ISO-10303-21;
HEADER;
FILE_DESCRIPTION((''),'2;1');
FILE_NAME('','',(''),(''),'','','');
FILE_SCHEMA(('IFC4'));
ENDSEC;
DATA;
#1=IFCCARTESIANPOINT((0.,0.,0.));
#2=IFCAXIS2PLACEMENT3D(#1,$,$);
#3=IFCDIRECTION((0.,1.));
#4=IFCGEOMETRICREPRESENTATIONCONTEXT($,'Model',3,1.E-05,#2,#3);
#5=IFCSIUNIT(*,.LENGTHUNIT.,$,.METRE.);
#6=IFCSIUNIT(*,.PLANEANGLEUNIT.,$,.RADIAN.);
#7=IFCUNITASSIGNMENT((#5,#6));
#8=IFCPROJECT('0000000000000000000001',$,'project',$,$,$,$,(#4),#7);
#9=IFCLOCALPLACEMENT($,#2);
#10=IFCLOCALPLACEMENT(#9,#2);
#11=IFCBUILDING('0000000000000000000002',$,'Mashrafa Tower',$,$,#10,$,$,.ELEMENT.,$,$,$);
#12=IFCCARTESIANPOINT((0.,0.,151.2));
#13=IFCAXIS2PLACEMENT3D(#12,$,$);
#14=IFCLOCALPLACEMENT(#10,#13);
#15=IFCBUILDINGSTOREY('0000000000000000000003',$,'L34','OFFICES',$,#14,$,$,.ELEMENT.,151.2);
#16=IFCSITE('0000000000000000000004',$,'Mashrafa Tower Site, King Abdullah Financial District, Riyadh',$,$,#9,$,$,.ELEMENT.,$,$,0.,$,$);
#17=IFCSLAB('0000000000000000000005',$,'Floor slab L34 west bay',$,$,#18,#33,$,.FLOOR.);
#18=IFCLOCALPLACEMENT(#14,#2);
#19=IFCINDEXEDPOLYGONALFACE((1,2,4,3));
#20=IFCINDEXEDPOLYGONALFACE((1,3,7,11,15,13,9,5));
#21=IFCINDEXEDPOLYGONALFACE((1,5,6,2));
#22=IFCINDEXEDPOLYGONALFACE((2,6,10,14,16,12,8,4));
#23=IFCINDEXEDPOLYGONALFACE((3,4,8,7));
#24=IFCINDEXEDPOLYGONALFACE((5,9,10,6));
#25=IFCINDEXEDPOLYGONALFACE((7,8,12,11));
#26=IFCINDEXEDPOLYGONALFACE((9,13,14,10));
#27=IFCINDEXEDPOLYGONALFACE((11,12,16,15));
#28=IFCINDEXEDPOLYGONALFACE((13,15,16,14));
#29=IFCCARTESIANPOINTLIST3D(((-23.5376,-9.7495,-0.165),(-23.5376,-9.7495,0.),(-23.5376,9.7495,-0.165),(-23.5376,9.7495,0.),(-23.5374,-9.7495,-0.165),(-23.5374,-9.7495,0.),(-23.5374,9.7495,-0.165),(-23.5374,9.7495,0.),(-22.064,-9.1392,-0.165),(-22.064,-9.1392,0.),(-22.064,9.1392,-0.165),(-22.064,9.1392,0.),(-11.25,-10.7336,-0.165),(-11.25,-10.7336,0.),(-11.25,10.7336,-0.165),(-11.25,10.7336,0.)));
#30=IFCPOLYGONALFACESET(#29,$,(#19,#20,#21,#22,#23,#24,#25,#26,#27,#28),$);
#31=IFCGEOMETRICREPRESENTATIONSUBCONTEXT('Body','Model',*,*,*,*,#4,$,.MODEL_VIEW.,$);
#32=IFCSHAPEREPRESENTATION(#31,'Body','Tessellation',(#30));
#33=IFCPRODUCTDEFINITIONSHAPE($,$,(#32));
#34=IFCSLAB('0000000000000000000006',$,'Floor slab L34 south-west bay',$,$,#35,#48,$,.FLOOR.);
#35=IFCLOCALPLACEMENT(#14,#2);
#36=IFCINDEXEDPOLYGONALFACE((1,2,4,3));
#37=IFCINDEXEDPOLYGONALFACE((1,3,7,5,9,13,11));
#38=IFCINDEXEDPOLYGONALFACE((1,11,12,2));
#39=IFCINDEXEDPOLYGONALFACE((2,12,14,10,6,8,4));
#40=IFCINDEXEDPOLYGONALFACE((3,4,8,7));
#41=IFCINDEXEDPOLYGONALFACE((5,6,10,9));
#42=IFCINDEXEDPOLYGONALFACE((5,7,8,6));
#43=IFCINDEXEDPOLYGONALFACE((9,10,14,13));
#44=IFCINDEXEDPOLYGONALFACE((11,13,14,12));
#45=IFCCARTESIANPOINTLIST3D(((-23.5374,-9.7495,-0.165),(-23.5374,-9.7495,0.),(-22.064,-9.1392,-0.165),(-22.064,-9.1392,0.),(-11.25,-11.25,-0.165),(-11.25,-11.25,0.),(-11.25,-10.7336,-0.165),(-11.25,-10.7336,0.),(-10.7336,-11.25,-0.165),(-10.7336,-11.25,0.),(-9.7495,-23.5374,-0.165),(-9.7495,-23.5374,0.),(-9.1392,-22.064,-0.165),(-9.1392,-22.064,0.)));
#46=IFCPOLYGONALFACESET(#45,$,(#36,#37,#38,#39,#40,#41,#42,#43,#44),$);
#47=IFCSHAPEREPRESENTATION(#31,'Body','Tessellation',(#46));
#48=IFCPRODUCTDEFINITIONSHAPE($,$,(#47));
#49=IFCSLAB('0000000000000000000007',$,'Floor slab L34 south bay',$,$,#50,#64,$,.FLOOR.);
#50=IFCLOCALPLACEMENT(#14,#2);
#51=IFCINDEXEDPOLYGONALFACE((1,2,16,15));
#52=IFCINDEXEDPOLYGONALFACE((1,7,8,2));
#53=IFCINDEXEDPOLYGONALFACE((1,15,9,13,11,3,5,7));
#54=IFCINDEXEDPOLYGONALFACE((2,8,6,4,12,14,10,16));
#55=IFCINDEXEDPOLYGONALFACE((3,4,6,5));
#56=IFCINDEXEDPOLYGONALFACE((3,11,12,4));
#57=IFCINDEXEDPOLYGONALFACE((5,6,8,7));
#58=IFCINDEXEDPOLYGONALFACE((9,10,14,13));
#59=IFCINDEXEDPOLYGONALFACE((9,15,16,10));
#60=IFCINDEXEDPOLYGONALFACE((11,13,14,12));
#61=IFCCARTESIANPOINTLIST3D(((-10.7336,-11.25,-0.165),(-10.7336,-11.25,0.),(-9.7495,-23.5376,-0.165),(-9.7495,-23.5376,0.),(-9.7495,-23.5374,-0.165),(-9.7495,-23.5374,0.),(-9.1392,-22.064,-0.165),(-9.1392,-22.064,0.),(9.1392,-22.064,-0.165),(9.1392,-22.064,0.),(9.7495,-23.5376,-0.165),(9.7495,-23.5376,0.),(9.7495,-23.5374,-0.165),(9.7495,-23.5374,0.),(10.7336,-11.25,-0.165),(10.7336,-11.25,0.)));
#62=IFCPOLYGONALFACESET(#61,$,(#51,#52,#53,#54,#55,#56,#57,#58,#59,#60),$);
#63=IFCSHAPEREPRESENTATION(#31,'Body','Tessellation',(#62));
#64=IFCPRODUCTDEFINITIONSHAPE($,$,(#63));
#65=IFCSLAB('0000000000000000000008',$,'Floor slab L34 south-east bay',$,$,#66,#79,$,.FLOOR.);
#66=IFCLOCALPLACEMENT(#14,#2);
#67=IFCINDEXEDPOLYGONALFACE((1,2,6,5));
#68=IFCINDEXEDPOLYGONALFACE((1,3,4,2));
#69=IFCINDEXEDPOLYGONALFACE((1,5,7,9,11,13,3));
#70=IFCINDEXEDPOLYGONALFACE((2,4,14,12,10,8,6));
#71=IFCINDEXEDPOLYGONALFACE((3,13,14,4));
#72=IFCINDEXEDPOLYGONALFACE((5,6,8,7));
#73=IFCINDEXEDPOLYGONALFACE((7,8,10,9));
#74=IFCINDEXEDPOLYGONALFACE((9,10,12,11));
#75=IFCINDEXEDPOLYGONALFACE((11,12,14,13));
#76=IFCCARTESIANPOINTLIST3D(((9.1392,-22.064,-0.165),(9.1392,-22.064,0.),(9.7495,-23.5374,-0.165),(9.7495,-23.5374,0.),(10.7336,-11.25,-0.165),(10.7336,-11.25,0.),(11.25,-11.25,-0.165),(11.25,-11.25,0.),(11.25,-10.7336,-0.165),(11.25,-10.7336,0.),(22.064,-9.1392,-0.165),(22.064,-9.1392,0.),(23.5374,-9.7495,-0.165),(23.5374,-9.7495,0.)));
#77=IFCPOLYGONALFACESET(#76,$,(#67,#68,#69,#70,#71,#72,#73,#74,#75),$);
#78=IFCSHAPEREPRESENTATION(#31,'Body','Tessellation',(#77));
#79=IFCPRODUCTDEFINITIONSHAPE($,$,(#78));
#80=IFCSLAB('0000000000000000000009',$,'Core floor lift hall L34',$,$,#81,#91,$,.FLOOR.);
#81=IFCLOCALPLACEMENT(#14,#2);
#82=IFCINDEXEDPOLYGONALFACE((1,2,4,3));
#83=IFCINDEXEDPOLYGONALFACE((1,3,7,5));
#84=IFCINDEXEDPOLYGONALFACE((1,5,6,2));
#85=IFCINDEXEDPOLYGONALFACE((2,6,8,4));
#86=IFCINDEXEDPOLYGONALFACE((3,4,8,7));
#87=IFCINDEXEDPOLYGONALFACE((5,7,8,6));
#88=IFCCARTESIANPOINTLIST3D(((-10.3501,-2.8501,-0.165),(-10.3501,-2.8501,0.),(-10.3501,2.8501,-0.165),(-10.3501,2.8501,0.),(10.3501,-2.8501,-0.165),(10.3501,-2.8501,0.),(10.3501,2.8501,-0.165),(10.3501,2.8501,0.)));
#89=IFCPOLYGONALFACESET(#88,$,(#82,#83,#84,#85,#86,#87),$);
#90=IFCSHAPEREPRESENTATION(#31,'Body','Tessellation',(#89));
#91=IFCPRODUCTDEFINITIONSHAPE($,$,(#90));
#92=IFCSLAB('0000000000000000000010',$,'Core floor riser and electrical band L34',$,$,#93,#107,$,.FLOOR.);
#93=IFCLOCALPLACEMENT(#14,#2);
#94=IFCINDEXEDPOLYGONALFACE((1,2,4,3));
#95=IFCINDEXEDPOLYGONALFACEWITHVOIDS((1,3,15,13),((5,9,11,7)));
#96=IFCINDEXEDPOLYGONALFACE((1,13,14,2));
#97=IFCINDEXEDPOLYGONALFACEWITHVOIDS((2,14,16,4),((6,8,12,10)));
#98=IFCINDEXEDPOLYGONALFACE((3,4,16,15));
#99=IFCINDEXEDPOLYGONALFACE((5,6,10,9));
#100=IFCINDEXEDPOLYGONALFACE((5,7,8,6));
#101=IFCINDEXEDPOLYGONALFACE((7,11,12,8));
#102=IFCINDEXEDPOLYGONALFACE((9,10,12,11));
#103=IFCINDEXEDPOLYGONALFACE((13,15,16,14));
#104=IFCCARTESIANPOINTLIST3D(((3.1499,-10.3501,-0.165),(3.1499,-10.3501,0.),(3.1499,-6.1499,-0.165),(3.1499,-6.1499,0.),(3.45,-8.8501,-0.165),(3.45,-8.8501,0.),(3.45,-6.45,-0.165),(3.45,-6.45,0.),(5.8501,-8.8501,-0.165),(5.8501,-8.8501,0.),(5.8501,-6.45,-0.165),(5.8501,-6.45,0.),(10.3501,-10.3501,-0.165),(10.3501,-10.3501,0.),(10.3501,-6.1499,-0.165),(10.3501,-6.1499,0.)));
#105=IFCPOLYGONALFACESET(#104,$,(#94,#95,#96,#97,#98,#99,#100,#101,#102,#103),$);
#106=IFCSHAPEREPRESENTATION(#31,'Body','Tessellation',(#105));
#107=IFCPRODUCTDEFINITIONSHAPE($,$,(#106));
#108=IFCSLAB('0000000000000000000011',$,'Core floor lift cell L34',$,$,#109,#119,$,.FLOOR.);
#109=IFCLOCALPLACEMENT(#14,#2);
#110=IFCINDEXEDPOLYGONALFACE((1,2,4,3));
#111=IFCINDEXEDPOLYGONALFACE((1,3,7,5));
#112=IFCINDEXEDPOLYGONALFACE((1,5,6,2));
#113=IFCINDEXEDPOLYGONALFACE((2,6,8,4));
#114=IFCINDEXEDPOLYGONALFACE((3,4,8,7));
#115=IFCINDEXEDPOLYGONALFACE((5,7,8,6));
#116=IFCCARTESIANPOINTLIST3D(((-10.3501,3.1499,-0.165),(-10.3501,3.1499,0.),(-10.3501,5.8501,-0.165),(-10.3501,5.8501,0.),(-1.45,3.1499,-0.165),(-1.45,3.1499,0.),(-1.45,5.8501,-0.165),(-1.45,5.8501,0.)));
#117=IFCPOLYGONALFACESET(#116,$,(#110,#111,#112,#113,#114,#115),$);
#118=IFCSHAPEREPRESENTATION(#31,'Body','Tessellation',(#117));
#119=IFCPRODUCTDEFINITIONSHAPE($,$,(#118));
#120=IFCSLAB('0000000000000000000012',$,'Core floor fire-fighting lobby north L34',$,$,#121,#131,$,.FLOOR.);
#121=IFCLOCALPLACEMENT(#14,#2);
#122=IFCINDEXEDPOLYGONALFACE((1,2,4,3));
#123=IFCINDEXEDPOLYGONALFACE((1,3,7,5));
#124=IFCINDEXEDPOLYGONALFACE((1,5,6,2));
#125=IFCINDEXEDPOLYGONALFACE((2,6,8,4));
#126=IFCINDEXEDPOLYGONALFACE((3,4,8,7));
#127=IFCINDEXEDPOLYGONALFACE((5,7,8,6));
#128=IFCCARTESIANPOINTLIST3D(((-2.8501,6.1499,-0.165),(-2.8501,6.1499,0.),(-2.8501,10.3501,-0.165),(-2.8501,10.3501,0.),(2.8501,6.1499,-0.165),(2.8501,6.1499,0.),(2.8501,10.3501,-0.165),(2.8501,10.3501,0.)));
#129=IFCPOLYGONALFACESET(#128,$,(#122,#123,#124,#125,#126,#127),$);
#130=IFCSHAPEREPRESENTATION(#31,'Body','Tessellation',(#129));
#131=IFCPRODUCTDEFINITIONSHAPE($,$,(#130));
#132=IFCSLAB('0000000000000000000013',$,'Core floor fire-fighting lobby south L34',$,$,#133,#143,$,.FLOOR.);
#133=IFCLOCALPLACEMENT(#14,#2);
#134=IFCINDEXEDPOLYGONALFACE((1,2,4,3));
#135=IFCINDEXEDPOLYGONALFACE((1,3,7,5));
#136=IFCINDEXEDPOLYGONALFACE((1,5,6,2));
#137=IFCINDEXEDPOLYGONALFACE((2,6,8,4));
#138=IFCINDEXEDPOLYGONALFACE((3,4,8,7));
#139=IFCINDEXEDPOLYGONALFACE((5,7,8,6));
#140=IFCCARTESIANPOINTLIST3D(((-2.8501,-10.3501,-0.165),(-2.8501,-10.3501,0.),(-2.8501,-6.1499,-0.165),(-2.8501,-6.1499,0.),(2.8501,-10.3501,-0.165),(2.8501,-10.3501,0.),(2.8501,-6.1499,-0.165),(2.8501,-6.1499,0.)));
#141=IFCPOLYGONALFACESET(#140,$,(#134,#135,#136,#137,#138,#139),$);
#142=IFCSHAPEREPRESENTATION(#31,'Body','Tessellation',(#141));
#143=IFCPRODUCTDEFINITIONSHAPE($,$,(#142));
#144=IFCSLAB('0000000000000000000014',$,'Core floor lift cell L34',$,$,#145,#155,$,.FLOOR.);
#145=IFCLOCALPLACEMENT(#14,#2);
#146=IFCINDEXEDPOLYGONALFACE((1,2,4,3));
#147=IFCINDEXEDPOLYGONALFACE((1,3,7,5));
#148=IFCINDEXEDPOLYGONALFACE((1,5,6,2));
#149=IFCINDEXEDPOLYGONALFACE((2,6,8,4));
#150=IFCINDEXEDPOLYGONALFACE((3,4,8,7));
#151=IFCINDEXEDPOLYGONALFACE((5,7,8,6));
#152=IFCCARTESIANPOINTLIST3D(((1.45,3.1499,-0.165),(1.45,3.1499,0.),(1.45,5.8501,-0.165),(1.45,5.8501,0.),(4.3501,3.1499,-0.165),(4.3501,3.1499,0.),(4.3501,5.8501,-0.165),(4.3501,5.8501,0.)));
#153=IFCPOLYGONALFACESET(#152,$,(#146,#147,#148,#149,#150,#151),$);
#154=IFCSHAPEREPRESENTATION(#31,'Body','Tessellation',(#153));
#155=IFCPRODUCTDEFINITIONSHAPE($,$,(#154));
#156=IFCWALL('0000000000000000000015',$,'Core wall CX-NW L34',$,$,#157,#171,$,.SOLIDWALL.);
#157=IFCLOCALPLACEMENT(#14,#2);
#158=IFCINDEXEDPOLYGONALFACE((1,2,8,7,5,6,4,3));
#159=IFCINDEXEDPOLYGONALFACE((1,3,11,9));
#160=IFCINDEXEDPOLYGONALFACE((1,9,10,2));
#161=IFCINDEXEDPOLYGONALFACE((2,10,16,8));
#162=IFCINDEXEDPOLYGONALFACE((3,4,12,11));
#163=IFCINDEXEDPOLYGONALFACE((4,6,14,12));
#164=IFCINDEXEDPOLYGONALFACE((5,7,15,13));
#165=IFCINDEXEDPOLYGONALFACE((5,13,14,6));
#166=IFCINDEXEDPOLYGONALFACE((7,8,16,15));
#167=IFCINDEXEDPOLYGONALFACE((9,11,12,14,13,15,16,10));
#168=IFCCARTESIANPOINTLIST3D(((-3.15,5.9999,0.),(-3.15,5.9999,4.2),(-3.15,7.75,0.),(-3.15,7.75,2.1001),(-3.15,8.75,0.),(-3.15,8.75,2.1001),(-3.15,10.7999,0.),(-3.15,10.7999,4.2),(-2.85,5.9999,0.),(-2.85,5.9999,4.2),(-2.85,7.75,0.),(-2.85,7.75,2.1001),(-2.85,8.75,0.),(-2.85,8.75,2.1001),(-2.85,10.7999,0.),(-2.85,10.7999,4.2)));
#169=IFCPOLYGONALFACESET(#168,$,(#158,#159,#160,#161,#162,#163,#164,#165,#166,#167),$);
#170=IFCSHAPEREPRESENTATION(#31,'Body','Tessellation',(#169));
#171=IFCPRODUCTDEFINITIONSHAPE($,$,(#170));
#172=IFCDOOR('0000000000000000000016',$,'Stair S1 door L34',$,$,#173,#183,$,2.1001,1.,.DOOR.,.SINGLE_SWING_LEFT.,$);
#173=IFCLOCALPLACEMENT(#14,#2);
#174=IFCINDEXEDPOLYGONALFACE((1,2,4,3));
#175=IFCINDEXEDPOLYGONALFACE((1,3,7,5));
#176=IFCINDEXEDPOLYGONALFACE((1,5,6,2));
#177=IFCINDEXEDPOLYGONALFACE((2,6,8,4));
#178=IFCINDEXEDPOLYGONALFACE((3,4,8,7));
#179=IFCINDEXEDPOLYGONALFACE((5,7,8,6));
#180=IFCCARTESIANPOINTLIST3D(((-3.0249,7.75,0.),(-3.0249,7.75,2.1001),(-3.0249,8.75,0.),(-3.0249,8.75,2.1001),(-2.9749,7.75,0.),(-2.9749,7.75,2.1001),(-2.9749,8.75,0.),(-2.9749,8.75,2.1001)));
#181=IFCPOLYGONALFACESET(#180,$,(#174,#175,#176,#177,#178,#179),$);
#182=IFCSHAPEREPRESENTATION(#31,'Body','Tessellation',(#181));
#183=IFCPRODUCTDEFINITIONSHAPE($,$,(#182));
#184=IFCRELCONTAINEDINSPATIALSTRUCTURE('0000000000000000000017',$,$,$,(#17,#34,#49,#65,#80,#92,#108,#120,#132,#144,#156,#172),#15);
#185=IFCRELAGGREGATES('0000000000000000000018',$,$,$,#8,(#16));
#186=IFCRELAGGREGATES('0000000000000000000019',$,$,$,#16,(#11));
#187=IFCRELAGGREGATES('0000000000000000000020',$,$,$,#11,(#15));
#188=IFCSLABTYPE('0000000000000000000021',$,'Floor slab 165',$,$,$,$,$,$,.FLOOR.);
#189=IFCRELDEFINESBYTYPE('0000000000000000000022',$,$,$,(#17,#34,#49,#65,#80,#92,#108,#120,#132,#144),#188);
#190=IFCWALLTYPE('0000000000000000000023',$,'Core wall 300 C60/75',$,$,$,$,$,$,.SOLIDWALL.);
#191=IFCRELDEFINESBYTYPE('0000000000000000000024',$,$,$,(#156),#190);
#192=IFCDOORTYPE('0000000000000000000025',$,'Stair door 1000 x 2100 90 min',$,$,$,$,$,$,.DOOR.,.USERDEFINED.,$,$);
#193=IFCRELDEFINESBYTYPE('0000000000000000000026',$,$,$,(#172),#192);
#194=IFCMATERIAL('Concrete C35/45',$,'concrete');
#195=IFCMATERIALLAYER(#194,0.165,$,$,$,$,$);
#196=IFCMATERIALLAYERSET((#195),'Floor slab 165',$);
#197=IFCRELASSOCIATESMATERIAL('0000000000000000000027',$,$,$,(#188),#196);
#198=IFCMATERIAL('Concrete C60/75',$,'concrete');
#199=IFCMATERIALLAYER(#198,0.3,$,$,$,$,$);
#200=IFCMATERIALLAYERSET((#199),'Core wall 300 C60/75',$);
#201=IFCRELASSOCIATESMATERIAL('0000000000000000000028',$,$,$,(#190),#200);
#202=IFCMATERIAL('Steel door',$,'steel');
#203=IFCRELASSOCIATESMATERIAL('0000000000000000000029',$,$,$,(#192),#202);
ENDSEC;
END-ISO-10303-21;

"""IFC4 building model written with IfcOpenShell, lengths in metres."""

from ifc_helpers import new_model, si_unit, direction, frame, frame_2d, origin, place, context, subcontext, project, spatial, polyline, rectangle, outline, extrude, material, layer, layer_set, type_object, element, fill, save


model = new_model("IFC4")

# Units and contexts
model_context = context("Model", 3, precision=1e-05, world=origin(), true_north=direction((0.0, 1.0)))
body_context = subcontext(model_context, "Body", "Model", "MODEL_VIEW")
ifc_project = project(units=[si_unit("LENGTHUNIT", "METRE"), si_unit("PLANEANGLEUNIT", "RADIAN")], contexts=[model_context])

# Site, building, storey
site_placement = place(None, origin())
site = spatial("IfcSite", under=ifc_project, at=site_placement, Name="Mashrafa Tower Site, King Abdullah Financial District, Riyadh", CompositionType="ELEMENT", RefElevation=0.0)
building_placement = place(site_placement, origin())
building = spatial("IfcBuilding", under=site, at=building_placement, Name="Mashrafa Tower", CompositionType="ELEMENT")
storey_placement = place(building_placement, frame((0.0, 0.0, 151.2)))
storey = spatial("IfcBuildingStorey", under=building, at=storey_placement, Name="L34", Description="OFFICES", CompositionType="ELEMENT", Elevation=151.2)

# Slabs
ifc_material_1 = material(Name="Concrete C35/45", Category="concrete")
ifc_layer_1 = layer(ifc_material_1, 0.165)
ifc_layer_set_1 = layer_set([ifc_layer_1], Name="Floor slab 165")
slab_type = type_object("IfcSlabType", Name="Floor slab 165", PredefinedType="FLOOR", material=ifc_layer_set_1)
slab_1_placement = place(storey_placement, frame((0.0, 0.0, -0.165)))
element("IfcSlab", 1, at=slab_1_placement, inside=storey, type_object=slab_type, Name="Floor slab L34 west bay", PredefinedType="FLOOR", context=body_context, shape_type="SweptSolid", body=[
    extrude(outline(polyline([(-23.5376, -9.7495), (-23.5376, 9.7495), (-23.5374, 9.7495), (-22.064, 9.1392), (-11.25, 10.7336), (-11.25, -10.7336), (-22.064, -9.1392), (-23.5374, -9.7495), (-23.5376, -9.7495)])), origin(), (0.0, 0.0, 1.0), 0.165),
])
slab_2_placement = place(storey_placement, frame((0.0, 0.0, -0.165)))
element("IfcSlab", 2, at=slab_2_placement, inside=storey, type_object=slab_type, Name="Floor slab L34 south-west bay", PredefinedType="FLOOR", context=body_context, shape_type="SweptSolid", body=[
    extrude(outline(polyline([(-23.5374, -9.7495), (-22.064, -9.1392), (-11.25, -10.7336), (-11.25, -11.25), (-10.7336, -11.25), (-9.1392, -22.064), (-9.7495, -23.5374), (-23.5374, -9.7495)])), origin(), (0.0, 0.0, 1.0), 0.165),
])
slab_3_placement = place(storey_placement, frame((0.0, 0.0, -0.165)))
element("IfcSlab", 3, at=slab_3_placement, inside=storey, type_object=slab_type, Name="Floor slab L34 south bay", PredefinedType="FLOOR", context=body_context, shape_type="SweptSolid", body=[
    extrude(outline(polyline([(-9.7495, -23.5376), (-9.7495, -23.5374), (-9.1392, -22.064), (-10.7336, -11.25), (10.7336, -11.25), (9.1392, -22.064), (9.7495, -23.5374), (9.7495, -23.5376), (-9.7495, -23.5376)])), origin(), (0.0, 0.0, 1.0), 0.165),
])
slab_4_placement = place(storey_placement, frame((0.0, 0.0, -0.165)))
element("IfcSlab", 4, at=slab_4_placement, inside=storey, type_object=slab_type, Name="Floor slab L34 south-east bay", PredefinedType="FLOOR", context=body_context, shape_type="SweptSolid", body=[
    extrude(outline(polyline([(9.7495, -23.5374), (9.1392, -22.064), (10.7336, -11.25), (11.25, -11.25), (11.25, -10.7336), (22.064, -9.1392), (23.5374, -9.7495), (9.7495, -23.5374)])), origin(), (0.0, 0.0, 1.0), 0.165),
])
slab_5_placement = place(storey_placement, frame((0.0, 0.0, -0.165)))
element("IfcSlab", 5, at=slab_5_placement, inside=storey, type_object=slab_type, Name="Core floor lift hall L34", PredefinedType="FLOOR", context=body_context, shape_type="SweptSolid", body=[
    extrude(outline(polyline([(-10.3501, 2.8501), (10.3501, 2.8501), (10.3501, -2.8501), (-10.3501, -2.8501), (-10.3501, 2.8501)])), origin(), (0.0, 0.0, 1.0), 0.165),
])
slab_6_placement = place(storey_placement, frame((0.0, 0.0, -0.165)))
element("IfcSlab", 6, at=slab_6_placement, inside=storey, type_object=slab_type, Name="Core floor riser and electrical band L34", PredefinedType="FLOOR", context=body_context, shape_type="SweptSolid", body=[
    extrude(outline(polyline([(10.3501, -6.1499), (10.3501, -10.3501), (3.1499, -10.3501), (3.1499, -6.1499), (10.3501, -6.1499)]), holes=[polyline([(3.45, -8.8501), (5.8501, -8.8501), (5.8501, -6.45), (3.45, -6.45), (3.45, -8.8501)])]), origin(), (0.0, 0.0, 1.0), 0.165),
])
slab_7_placement = place(storey_placement, frame((0.0, 0.0, -0.165)))
element("IfcSlab", 7, at=slab_7_placement, inside=storey, type_object=slab_type, Name="Core floor lift cell L34", PredefinedType="FLOOR", context=body_context, shape_type="SweptSolid", body=[
    extrude(outline(polyline([(-1.45, 3.1499), (-10.3501, 3.1499), (-10.3501, 5.8501), (-1.45, 5.8501), (-1.45, 3.1499)])), origin(), (0.0, 0.0, 1.0), 0.165),
])
slab_8_placement = place(storey_placement, frame((0.0, 0.0, -0.165)))
element("IfcSlab", 8, at=slab_8_placement, inside=storey, type_object=slab_type, Name="Core floor fire-fighting lobby north L34", PredefinedType="FLOOR", context=body_context, shape_type="SweptSolid", body=[
    extrude(outline(polyline([(-2.8501, 10.3501), (2.8501, 10.3501), (2.8501, 6.1499), (-2.8501, 6.1499), (-2.8501, 10.3501)])), origin(), (0.0, 0.0, 1.0), 0.165),
])
slab_9_placement = place(storey_placement, frame((0.0, 0.0, -0.165)))
element("IfcSlab", 9, at=slab_9_placement, inside=storey, type_object=slab_type, Name="Core floor fire-fighting lobby south L34", PredefinedType="FLOOR", context=body_context, shape_type="SweptSolid", body=[
    extrude(outline(polyline([(2.8501, -6.1499), (2.8501, -10.3501), (-2.8501, -10.3501), (-2.8501, -6.1499), (2.8501, -6.1499)])), origin(), (0.0, 0.0, 1.0), 0.165),
])
slab_10_placement = place(storey_placement, frame((0.0, 0.0, -0.165)))
element("IfcSlab", 10, at=slab_10_placement, inside=storey, type_object=slab_type, Name="Core floor lift cell L34", PredefinedType="FLOOR", context=body_context, shape_type="SweptSolid", body=[
    extrude(outline(polyline([(4.3501, 5.8501), (4.3501, 3.1499), (1.45, 3.1499), (1.45, 5.8501), (4.3501, 5.8501)])), origin(), (0.0, 0.0, 1.0), 0.165),
])

# Wall, opening, door
ifc_material_2 = material(Name="Concrete C60/75", Category="concrete")
ifc_layer_2 = layer(ifc_material_2, 0.3)
ifc_layer_set_2 = layer_set([ifc_layer_2], Name="Core wall 300 C60/75")
wall_type_1 = type_object("IfcWallType", Name="Core wall 300 C60/75", PredefinedType="SOLIDWALL", material=ifc_layer_set_2)
wall_1_placement = place(storey_placement, frame((-3.0, 6.0, 0.0), z_axis=(0.0, 0.0, 1.0), x_axis=(0.0, 1.0, 0.0)))
wall_1 = element("IfcWall", 11, at=wall_1_placement, inside=storey, type_object=wall_type_1, Name="Core wall CX-NW L34", PredefinedType="SOLIDWALL", context=body_context, shape_type="SweptSolid", body=[
    extrude(rectangle(XDim=4.8, YDim=0.3, at=frame_2d((2.3999, 0.0))), origin(), (0.0, 0.0, 1.0), 4.2),
])
opening_placement = place(wall_1_placement, frame((1.75, 0.0, 0.0)))
opening = element("IfcOpeningElement", 12, at=opening_placement, cuts=wall_1, PredefinedType="OPENING", context=body_context, shape_type="SweptSolid", body=[
    extrude(rectangle(XDim=1.0, YDim=2.1001, at=frame_2d((0.5, 1.05))), frame((0.0, 0.1599, 0.0), z_axis=(0.0, -1.0, 0.0), x_axis=(1.0, 0.0, 0.0)), (0.0, 0.0, 1.0), 0.3201),
])
ifc_material_3 = material(Name="Steel door", Category="steel")
door_type = type_object("IfcDoorType", Name="Stair door 1000 x 2100 90 min", OperationType="USERDEFINED", PredefinedType="DOOR", material=ifc_material_3)
door_placement = place(opening_placement, origin())
door = element("IfcDoor", 13, at=door_placement, inside=storey, type_object=door_type, Name="Stair S1 door L34", OperationType="SINGLE_SWING_LEFT", OverallHeight=2.1001, OverallWidth=1.0, PredefinedType="DOOR", context=body_context, shape_type="SweptSolid", body=[
    extrude(rectangle(XDim=1.0, YDim=2.1001, at=frame_2d((0.5, 1.05))), frame((0.0, 0.0249, 0.0), z_axis=(0.0, -1.0, 0.0), x_axis=(1.0, 0.0, 0.0)), (0.0, 0.0, 1.0), 0.05),
])
fill(opening, door)

save(model, "model.ifc")
